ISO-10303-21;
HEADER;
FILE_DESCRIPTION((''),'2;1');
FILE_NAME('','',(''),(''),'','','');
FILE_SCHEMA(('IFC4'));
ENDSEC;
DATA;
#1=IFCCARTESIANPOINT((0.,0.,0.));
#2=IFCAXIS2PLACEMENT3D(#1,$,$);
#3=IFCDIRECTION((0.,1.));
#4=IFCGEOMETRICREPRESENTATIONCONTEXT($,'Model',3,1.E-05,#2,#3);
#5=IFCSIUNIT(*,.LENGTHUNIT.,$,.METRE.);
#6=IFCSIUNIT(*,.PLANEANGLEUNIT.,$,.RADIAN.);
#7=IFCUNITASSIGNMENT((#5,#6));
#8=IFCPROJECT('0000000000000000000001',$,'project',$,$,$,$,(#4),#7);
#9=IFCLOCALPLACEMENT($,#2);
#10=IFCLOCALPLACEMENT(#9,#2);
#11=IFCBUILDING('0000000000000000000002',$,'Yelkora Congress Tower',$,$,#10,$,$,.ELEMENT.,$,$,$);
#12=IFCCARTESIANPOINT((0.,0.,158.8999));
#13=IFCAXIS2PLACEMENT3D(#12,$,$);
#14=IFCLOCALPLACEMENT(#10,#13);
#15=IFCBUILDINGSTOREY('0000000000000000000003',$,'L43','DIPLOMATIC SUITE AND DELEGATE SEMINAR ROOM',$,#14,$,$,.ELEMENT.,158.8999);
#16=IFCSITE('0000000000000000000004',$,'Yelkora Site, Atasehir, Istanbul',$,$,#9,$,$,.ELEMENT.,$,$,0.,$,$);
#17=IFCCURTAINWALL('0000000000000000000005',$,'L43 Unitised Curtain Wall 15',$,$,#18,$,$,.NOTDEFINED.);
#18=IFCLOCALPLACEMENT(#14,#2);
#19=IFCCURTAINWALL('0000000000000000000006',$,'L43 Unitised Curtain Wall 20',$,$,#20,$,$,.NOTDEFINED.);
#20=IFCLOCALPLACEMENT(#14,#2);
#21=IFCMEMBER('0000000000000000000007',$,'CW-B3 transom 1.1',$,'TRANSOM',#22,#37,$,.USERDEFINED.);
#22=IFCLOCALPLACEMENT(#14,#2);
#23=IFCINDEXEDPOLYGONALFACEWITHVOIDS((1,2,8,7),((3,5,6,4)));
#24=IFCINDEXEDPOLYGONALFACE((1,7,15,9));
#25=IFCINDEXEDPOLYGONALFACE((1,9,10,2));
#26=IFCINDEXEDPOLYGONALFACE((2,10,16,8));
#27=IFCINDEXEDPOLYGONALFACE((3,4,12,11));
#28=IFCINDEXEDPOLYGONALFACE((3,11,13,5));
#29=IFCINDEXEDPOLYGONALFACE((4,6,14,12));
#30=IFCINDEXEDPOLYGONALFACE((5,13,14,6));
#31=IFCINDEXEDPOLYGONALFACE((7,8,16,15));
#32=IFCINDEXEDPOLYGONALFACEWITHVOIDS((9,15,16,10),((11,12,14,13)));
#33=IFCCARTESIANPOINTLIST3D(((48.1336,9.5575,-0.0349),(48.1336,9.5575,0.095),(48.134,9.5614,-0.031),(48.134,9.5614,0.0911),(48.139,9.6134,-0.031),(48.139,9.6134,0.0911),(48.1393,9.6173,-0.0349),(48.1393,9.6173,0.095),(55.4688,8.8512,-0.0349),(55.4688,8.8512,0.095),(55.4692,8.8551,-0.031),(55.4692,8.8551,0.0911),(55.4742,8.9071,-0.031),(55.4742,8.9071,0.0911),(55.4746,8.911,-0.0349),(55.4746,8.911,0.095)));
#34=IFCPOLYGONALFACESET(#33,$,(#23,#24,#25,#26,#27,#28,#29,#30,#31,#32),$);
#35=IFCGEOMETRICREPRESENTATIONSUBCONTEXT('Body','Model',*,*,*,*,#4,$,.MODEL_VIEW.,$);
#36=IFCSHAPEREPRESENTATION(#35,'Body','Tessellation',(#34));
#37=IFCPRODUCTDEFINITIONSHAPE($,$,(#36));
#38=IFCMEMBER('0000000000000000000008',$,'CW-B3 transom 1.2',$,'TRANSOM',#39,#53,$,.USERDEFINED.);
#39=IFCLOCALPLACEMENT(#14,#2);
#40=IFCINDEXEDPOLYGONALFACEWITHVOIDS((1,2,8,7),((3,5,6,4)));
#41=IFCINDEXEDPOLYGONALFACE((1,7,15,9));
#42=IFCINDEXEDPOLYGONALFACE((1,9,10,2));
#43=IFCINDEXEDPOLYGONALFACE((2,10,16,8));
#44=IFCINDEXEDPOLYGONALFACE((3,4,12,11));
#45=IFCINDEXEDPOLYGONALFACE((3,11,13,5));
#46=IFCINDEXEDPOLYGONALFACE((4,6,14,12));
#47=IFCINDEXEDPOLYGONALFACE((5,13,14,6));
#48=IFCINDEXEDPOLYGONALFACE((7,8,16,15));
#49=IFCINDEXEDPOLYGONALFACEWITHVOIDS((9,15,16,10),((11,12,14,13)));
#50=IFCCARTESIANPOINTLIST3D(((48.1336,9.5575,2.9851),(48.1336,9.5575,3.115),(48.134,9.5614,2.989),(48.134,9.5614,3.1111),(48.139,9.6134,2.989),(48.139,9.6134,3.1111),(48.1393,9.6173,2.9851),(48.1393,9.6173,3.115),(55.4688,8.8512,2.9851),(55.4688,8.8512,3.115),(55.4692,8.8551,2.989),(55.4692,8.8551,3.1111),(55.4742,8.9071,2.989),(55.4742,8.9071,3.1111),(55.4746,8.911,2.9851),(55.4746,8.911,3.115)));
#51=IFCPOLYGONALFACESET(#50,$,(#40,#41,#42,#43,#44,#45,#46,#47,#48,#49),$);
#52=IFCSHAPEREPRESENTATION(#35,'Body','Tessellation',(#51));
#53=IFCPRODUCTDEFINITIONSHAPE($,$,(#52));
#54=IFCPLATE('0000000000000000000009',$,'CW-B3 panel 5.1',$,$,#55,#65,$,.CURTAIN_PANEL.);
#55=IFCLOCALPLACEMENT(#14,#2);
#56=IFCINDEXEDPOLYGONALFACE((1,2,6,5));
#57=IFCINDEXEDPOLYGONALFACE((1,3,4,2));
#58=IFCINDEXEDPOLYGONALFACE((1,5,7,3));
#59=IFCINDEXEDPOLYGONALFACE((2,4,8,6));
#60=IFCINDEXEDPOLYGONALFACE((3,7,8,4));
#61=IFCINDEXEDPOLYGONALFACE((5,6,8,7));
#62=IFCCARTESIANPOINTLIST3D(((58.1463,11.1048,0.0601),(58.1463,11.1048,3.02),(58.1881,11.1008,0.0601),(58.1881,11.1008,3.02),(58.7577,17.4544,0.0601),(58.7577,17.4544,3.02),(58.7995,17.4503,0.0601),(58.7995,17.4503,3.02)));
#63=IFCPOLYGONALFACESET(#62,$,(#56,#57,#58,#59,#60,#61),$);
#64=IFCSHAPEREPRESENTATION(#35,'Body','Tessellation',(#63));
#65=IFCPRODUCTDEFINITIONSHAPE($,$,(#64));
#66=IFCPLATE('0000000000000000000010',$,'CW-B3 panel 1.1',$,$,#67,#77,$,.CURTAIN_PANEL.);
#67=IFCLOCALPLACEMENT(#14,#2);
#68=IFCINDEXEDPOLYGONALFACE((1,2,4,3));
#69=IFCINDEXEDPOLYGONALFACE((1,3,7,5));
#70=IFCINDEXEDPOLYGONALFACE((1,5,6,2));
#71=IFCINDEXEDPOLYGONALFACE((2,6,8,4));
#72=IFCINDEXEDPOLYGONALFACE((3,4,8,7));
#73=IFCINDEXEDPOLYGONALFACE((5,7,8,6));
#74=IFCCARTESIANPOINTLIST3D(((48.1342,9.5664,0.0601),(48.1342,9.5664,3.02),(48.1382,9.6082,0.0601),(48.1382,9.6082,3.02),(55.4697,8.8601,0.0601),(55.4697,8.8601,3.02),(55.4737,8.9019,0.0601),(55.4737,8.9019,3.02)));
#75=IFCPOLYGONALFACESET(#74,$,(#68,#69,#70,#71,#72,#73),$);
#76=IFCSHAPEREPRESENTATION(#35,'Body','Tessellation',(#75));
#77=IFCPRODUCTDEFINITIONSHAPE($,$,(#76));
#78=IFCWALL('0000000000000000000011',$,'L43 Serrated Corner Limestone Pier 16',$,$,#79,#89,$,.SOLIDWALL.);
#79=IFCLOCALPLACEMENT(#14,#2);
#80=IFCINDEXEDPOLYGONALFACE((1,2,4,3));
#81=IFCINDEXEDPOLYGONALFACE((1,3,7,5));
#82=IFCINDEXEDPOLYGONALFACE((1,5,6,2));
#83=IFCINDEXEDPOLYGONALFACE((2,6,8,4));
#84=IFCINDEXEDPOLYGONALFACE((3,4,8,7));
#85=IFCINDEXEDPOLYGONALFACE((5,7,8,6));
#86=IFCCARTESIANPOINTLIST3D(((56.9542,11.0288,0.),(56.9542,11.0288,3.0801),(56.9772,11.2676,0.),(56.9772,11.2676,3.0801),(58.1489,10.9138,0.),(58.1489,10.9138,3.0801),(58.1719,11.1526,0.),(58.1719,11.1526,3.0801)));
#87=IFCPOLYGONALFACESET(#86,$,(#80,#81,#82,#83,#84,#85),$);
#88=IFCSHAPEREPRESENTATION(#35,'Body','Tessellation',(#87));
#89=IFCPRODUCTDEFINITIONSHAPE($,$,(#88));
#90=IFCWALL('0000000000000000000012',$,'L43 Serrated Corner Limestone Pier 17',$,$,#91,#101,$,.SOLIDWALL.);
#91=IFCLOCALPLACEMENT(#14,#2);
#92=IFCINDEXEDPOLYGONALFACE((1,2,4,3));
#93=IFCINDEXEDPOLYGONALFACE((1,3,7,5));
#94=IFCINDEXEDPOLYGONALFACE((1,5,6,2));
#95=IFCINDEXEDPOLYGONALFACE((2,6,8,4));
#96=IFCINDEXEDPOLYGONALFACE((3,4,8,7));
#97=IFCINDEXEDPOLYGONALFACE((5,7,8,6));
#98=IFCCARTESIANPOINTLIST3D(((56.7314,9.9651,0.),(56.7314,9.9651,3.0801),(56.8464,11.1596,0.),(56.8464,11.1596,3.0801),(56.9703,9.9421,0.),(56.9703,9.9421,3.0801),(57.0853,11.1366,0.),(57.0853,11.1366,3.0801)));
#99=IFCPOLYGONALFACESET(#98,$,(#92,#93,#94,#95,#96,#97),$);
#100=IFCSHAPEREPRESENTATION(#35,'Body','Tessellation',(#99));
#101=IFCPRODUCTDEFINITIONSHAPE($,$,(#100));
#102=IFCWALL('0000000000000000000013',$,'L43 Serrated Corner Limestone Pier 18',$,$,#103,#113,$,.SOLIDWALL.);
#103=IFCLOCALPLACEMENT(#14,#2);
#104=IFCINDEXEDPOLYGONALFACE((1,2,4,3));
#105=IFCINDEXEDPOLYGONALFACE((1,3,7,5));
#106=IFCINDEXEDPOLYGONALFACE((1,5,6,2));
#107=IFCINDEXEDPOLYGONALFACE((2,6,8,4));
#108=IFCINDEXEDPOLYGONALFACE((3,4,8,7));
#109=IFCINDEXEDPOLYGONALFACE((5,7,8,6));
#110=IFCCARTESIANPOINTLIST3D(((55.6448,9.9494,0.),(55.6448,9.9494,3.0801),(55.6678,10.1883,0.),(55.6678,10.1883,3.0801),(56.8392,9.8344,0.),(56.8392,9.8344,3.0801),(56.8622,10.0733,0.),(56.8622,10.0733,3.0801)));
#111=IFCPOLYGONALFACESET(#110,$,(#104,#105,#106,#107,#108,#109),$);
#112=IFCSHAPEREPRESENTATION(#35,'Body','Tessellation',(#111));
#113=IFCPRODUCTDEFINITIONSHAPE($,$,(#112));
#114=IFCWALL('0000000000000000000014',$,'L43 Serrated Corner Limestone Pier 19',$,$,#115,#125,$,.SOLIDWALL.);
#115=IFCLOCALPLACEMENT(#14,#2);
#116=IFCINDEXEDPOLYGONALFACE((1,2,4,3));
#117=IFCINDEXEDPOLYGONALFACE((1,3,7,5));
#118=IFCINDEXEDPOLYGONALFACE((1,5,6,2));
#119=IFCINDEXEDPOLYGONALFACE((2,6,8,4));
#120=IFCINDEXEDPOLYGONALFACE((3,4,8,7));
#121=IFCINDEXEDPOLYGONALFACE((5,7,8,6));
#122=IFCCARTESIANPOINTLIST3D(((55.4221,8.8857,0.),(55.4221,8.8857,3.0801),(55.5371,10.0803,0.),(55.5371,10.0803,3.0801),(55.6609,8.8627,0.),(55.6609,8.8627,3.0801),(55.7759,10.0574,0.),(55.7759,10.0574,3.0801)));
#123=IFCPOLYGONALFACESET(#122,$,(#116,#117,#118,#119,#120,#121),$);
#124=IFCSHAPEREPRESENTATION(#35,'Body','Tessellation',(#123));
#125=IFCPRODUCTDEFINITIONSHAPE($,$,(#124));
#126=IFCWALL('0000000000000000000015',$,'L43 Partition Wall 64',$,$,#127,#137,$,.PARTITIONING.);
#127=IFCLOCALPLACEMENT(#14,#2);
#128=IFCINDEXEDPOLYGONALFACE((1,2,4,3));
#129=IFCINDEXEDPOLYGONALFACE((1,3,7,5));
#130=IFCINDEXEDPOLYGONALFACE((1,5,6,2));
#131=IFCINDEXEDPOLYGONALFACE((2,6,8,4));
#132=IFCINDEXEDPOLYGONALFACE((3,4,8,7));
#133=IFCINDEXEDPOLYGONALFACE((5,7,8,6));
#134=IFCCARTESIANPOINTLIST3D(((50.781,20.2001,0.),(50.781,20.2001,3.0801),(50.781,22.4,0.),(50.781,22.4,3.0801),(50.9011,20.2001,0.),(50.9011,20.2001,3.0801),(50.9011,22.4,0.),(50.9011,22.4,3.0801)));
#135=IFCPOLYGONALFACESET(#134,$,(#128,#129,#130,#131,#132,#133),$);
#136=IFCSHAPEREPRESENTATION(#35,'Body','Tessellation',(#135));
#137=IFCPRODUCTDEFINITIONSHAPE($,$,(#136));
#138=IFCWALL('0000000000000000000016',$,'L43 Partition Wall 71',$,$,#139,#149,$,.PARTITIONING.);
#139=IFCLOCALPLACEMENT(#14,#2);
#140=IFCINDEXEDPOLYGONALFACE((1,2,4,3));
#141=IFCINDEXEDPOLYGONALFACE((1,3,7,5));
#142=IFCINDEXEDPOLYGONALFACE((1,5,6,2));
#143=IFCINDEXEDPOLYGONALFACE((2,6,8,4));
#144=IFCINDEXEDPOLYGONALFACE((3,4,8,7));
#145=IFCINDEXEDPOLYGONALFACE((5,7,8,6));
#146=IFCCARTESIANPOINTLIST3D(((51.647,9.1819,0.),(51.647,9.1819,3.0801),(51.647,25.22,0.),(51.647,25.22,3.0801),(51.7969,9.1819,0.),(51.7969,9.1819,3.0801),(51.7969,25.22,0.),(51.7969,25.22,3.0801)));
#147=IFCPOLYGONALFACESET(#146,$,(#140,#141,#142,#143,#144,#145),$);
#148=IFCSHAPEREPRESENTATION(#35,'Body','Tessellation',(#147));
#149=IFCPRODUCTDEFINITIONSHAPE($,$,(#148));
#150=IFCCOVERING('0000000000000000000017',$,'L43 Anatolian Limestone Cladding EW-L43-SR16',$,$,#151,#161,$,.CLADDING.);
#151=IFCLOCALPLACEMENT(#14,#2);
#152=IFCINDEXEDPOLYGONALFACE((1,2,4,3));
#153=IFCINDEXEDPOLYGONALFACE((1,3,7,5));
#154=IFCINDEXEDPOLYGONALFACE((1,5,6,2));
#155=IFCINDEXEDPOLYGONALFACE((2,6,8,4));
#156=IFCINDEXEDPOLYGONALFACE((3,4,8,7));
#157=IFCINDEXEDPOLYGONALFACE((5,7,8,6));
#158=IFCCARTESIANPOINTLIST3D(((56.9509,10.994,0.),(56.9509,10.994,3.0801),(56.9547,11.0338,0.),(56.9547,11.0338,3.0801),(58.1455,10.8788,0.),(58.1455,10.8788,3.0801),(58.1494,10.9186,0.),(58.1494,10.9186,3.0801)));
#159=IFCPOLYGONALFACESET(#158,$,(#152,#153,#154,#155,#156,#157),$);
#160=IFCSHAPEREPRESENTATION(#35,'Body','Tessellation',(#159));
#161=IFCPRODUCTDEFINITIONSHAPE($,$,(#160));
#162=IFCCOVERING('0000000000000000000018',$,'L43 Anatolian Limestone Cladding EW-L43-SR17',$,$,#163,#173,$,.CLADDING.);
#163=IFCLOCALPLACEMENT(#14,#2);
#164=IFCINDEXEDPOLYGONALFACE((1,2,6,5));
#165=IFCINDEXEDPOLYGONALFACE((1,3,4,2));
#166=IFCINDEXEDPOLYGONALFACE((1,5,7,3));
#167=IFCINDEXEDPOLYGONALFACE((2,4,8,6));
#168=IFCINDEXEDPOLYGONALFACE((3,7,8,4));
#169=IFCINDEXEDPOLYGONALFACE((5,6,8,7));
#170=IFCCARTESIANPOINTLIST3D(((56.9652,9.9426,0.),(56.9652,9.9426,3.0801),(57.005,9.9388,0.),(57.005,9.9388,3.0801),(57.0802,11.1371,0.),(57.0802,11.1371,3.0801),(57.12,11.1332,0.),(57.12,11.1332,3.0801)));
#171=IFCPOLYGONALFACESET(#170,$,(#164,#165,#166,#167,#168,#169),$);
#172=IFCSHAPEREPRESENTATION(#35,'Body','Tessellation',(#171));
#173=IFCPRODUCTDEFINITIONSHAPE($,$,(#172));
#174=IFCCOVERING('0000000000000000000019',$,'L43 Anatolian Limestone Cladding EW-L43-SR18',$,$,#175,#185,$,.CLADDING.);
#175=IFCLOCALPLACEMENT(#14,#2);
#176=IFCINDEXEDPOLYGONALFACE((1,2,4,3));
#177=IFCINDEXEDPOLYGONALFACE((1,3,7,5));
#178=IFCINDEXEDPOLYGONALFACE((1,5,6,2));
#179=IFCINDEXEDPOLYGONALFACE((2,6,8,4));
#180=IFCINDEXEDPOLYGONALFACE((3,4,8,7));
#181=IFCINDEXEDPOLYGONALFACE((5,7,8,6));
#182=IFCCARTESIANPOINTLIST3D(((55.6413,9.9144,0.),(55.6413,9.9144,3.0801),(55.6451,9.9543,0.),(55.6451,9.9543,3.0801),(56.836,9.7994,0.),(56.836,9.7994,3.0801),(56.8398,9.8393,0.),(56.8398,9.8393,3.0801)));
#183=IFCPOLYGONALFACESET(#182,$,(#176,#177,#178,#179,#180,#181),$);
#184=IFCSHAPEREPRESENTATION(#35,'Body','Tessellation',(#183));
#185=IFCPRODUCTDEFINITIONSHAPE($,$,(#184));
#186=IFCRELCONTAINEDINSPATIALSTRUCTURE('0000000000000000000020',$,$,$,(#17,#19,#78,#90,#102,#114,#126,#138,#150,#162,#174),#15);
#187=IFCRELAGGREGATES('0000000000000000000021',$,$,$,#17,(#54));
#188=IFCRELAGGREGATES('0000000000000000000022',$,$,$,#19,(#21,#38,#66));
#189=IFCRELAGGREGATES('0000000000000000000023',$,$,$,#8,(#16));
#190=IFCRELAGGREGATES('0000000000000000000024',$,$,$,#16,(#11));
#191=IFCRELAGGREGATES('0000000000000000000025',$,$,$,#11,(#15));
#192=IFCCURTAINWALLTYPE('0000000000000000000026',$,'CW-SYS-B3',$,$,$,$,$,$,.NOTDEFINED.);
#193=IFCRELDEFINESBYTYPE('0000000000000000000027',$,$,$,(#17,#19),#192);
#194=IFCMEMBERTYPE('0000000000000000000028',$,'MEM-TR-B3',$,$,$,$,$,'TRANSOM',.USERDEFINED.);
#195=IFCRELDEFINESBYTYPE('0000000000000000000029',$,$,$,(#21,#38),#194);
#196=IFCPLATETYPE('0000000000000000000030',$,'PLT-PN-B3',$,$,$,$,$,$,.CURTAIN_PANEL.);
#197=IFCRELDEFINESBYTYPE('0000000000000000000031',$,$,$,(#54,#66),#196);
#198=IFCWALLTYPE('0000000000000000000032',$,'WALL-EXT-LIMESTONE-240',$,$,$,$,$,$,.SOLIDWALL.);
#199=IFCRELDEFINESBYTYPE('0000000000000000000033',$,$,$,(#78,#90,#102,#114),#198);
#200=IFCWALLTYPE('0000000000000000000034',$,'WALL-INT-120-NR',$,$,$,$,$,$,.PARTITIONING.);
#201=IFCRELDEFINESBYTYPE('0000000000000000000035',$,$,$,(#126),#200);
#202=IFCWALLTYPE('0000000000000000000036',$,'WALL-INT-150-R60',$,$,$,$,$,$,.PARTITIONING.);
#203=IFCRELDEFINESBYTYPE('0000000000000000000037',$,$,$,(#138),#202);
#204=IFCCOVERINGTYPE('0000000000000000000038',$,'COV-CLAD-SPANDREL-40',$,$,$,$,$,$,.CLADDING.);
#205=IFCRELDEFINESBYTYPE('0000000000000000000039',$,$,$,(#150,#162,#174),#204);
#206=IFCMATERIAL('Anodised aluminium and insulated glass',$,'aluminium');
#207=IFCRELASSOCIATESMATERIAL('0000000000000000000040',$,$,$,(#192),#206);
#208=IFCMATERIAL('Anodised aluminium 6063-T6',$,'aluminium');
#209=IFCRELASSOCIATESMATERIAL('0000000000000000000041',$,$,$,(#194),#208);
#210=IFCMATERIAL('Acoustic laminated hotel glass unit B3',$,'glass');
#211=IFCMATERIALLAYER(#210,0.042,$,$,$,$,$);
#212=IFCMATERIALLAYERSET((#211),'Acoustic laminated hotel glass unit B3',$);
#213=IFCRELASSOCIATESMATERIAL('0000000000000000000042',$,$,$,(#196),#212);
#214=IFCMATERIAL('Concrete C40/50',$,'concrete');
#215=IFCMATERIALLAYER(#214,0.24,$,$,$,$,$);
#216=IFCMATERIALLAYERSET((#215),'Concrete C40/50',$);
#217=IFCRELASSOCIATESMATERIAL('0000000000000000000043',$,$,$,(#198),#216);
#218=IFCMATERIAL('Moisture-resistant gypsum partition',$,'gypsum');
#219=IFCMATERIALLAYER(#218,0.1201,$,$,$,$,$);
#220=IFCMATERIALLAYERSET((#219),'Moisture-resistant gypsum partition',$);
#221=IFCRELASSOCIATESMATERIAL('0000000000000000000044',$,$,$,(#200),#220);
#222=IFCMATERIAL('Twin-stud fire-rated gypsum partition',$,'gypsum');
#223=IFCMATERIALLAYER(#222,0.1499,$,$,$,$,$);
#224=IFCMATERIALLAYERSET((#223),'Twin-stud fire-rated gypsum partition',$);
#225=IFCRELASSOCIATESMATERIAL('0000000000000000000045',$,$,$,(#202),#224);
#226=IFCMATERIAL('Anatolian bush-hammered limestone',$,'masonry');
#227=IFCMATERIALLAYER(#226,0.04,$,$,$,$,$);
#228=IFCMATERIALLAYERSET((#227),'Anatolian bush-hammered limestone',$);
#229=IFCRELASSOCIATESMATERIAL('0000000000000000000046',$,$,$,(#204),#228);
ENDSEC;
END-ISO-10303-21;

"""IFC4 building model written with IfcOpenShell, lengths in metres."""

from ifc_helpers import new_model, si_unit, direction, frame, frame_2d, origin, origin_2d, place, context, subcontext, project, spatial, rectangle, hollow_rectangle, extrude, material, layer, layer_set, material_profile, profile_set, type_object, element, aggregate, save


model = new_model("IFC4")

# Units and contexts
model_context = context("Model", 3, precision=1e-05, world=origin(), true_north=direction((0.0, 1.0)))
body_context = subcontext(model_context, "Body", "Model", "MODEL_VIEW")
ifc_project = project(units=[si_unit("LENGTHUNIT", "METRE"), si_unit("PLANEANGLEUNIT", "RADIAN")], contexts=[model_context])

# Site, building, storey
site_placement = place(None, origin())
site = spatial("IfcSite", under=ifc_project, at=site_placement, Name="Yelkora Site, Atasehir, Istanbul", CompositionType="ELEMENT", RefElevation=0.0)
building_placement = place(site_placement, origin())
building = spatial("IfcBuilding", under=site, at=building_placement, Name="Yelkora Congress Tower", CompositionType="ELEMENT")
storey_placement = place(building_placement, frame((0.0, 0.0, 158.8999)))
storey = spatial("IfcBuildingStorey", under=building, at=storey_placement, Name="L43", Description="DIPLOMATIC SUITE AND DELEGATE SEMINAR ROOM", CompositionType="ELEMENT", Elevation=158.8999)

# Curtain wall
ifc_material_1 = material(Name="Anodised aluminium and insulated glass", Category="aluminium")
curtain_wall_type = type_object("IfcCurtainWallType", Name="CW-SYS-B3", PredefinedType="NOTDEFINED", material=ifc_material_1)
curtain_wall_1_placement = place(storey_placement, origin())
curtain_wall_1 = element("IfcCurtainWall", 1, at=curtain_wall_1_placement, inside=storey, type_object=curtain_wall_type, Name="L43 Unitised Curtain Wall 15", PredefinedType="NOTDEFINED")
ifc_material_2 = material(Name="Anodised aluminium 6063-T6", Category="aluminium")

# Curtain wall
curtain_wall_2_placement = place(storey_placement, origin())
curtain_wall_2 = element("IfcCurtainWall", 2, at=curtain_wall_2_placement, inside=storey, type_object=curtain_wall_type, Name="L43 Unitised Curtain Wall 20", PredefinedType="NOTDEFINED")

# Members
ifc_material_profile_1 = material_profile(ifc_material_2, hollow_rectangle(XDim=0.0601, YDim=0.1299, WallThickness=0.0039, at=origin_2d()), Name="ALU 60x130x4")
ifc_profile_set_1 = profile_set([ifc_material_profile_1], Name="Anodised aluminium 6063-T6")
member_type_1 = type_object("IfcMemberType", Name="MEM-TR-B3", ElementType="TRANSOM", PredefinedType="USERDEFINED", material=ifc_profile_set_1)
member_1_placement = place(storey_placement, frame((55.4717, 8.8811, 0.03), z_axis=(-0.995396, 0.095846, 0.0), x_axis=(-0.095846, -0.995396, 0.0)))
member_1 = element("IfcMember", 3, at=member_1_placement, type_object=member_type_1, Name="CW-B3 transom 1.1", ObjectType="TRANSOM", PredefinedType="USERDEFINED", context=body_context, shape_type="SweptSolid", body=[
    extrude(hollow_rectangle(XDim=0.0601, YDim=0.1299, WallThickness=0.0039, at=origin_2d()), origin(), (0.0, 0.0, 1.0), 7.3691),
])
member_2_placement = place(storey_placement, frame((55.4717, 8.8811, 3.05), z_axis=(-0.995396, 0.095846, 0.0), x_axis=(-0.095846, -0.995396, 0.0)))
member_2 = element("IfcMember", 4, at=member_2_placement, type_object=member_type_1, Name="CW-B3 transom 1.2", ObjectType="TRANSOM", PredefinedType="USERDEFINED", context=body_context, shape_type="SweptSolid", body=[
    extrude(hollow_rectangle(XDim=0.0601, YDim=0.1299, WallThickness=0.0039, at=origin_2d()), origin(), (0.0, 0.0, 1.0), 7.3691),
])

# Plates
ifc_material_3 = material(Name="Acoustic laminated hotel glass unit B3", Category="glass")
ifc_layer_1 = layer(ifc_material_3, 0.042)
ifc_layer_set_1 = layer_set([ifc_layer_1], Name="Acoustic laminated hotel glass unit B3")
plate_type = type_object("IfcPlateType", Name="PLT-PN-B3", PredefinedType="CURTAIN_PANEL", material=ifc_layer_set_1)
plate_1_placement = place(storey_placement, frame((58.4729, 14.2776, 0.0601), z_axis=(0.0, 0.0, 1.0), x_axis=(-0.095842, -0.995397, 0.0)))
plate_1 = element("IfcPlate", 5, at=plate_1_placement, type_object=plate_type, Name="CW-B3 panel 5.1", PredefinedType="CURTAIN_PANEL", context=body_context, shape_type="SweptSolid", body=[
    extrude(rectangle(XDim=6.3789, YDim=0.042, at=origin_2d()), origin(), (0.0, 0.0, 1.0), 2.96),
])
aggregate(curtain_wall_1, [plate_1])
plate_2_placement = place(storey_placement, frame((51.804, 9.2341, 0.0601), z_axis=(0.0, 0.0, 1.0), x_axis=(-0.995396, 0.095845, 0.0)))
plate_2 = element("IfcPlate", 6, at=plate_2_placement, type_object=plate_type, Name="CW-B3 panel 1.1", PredefinedType="CURTAIN_PANEL", context=body_context, shape_type="SweptSolid", body=[
    extrude(rectangle(XDim=7.3694, YDim=0.042, at=origin_2d()), origin(), (0.0, 0.0, 1.0), 2.96),
])
aggregate(curtain_wall_2, [member_1, member_2, plate_2])

# Walls
ifc_material_4 = material(Name="Concrete C40/50", Category="concrete")
ifc_layer_2 = layer(ifc_material_4, 0.24)
ifc_layer_set_2 = layer_set([ifc_layer_2], Name="Concrete C40/50")
wall_type_1 = type_object("IfcWallType", Name="WALL-EXT-LIMESTONE-240", PredefinedType="SOLIDWALL", material=ifc_layer_set_2)
wall_1_placement = place(storey_placement, frame((58.1604, 11.0332, 0.0), z_axis=(0.0, 0.0, 1.0), x_axis=(-0.995399, 0.095817, 0.0)))
element("IfcWall", 7, at=wall_1_placement, inside=storey, type_object=wall_type_1, Name="L43 Serrated Corner Limestone Pier 16", PredefinedType="SOLIDWALL", context=body_context, shape_type="SweptSolid", body=[
    extrude(rectangle(XDim=1.2002, YDim=0.24, at=frame_2d((0.6001, 0.0))), origin(), (0.0, 0.0, 1.0), 3.0801),
])
for number, where, z_axis, x_axis, name in (
    (8, (56.9658, 11.1482, 0.0), (0.0, 0.0, 1.0), (-0.095836, -0.995397, 0.0), "L43 Serrated Corner Limestone Pier 17"),
    (9, (56.8508, 9.9539, 0.0), (0.0, 0.0, 1.0), (-0.995397, 0.095836, 0.0), "L43 Serrated Corner Limestone Pier 18"),
):
    element("IfcWall", number, at=place(storey_placement, frame(where, z_axis=z_axis, x_axis=x_axis)), inside=storey, type_object=wall_type_1, Name=name, PredefinedType="SOLIDWALL", context=body_context, shape_type="SweptSolid", body=[
        extrude(rectangle(XDim=1.2, YDim=0.24, at=frame_2d((0.6001, 0.0))), origin(), (0.0, 0.0, 1.0), 3.0801),
    ])
wall_2_placement = place(storey_placement, frame((55.6565, 10.0688, 0.0), z_axis=(0.0, 0.0, 1.0), x_axis=(-0.095817, -0.995399, 0.0)))
element("IfcWall", 10, at=wall_2_placement, inside=storey, type_object=wall_type_1, Name="L43 Serrated Corner Limestone Pier 19", PredefinedType="SOLIDWALL", context=body_context, shape_type="SweptSolid", body=[
    extrude(rectangle(XDim=1.2002, YDim=0.24, at=frame_2d((0.6001, 0.0))), origin(), (0.0, 0.0, 1.0), 3.0801),
])
ifc_material_5 = material(Name="Moisture-resistant gypsum partition", Category="gypsum")
ifc_layer_3 = layer(ifc_material_5, 0.1201)
ifc_layer_set_3 = layer_set([ifc_layer_3], Name="Moisture-resistant gypsum partition")
wall_type_2 = type_object("IfcWallType", Name="WALL-INT-120-NR", PredefinedType="PARTITIONING", material=ifc_layer_set_3)
wall_3_placement = place(storey_placement, frame((50.8411, 20.2, 0.0), z_axis=(0.0, 0.0, 1.0), x_axis=(0.0, 1.0, 0.0)))
element("IfcWall", 11, at=wall_3_placement, inside=storey, type_object=wall_type_2, Name="L43 Partition Wall 64", PredefinedType="PARTITIONING", context=body_context, shape_type="SweptSolid", body=[
    extrude(rectangle(XDim=2.2, YDim=0.1201, at=frame_2d((1.1001, 0.0))), origin(), (0.0, 0.0, 1.0), 3.0801),
])
ifc_material_6 = material(Name="Twin-stud fire-rated gypsum partition", Category="gypsum")
ifc_layer_4 = layer(ifc_material_6, 0.1499)
ifc_layer_set_4 = layer_set([ifc_layer_4], Name="Twin-stud fire-rated gypsum partition")
wall_type_3 = type_object("IfcWallType", Name="WALL-INT-150-R60", PredefinedType="PARTITIONING", material=ifc_layer_set_4)
wall_4_placement = place(storey_placement, frame((51.7219, 9.1819, 0.0), z_axis=(0.0, 0.0, 1.0), x_axis=(0.0, 1.0, 0.0)))
element("IfcWall", 12, at=wall_4_placement, inside=storey, type_object=wall_type_3, Name="L43 Partition Wall 71", PredefinedType="PARTITIONING", context=body_context, shape_type="SweptSolid", body=[
    extrude(rectangle(XDim=16.0381, YDim=0.1499, at=frame_2d((8.019, 0.0))), origin(), (0.0, 0.0, 1.0), 3.0801),
])

# Coverings
ifc_material_7 = material(Name="Anatolian bush-hammered limestone", Category="masonry")
ifc_layer_5 = layer(ifc_material_7, 0.04)
ifc_layer_set_5 = layer_set([ifc_layer_5], Name="Anatolian bush-hammered limestone")
covering_type = type_object("IfcCoveringType", Name="COV-CLAD-SPANDREL-40", PredefinedType="CLADDING", material=ifc_layer_set_5)
covering_1_placement = place(storey_placement, frame((58.1475, 10.8987, 0.0), z_axis=(0.0, 0.0, 1.0), x_axis=(-0.99538, 0.096019, 0.0)))
element("IfcCovering", 13, at=covering_1_placement, inside=storey, type_object=covering_type, Name="L43 Anatolian Limestone Cladding EW-L43-SR16", PredefinedType="CLADDING", context=body_context, shape_type="SweptSolid", body=[
    extrude(rectangle(XDim=1.2002, YDim=0.04, at=frame_2d((0.6001, 0.0))), origin(), (0.0, 0.0, 1.0), 3.0801),
])
covering_2_placement = place(storey_placement, frame((57.1001, 11.1353, 0.0), z_axis=(0.0, 0.0, 1.0), x_axis=(-0.095836, -0.995397, 0.0)))
element("IfcCovering", 14, at=covering_2_placement, inside=storey, type_object=covering_type, Name="L43 Anatolian Limestone Cladding EW-L43-SR17", PredefinedType="CLADDING", context=body_context, shape_type="SweptSolid", body=[
    extrude(rectangle(XDim=1.2, YDim=0.04, at=frame_2d((0.6001, 0.0))), origin(), (0.0, 0.0, 1.0), 3.0801),
])
for number, where, z_axis, x_axis, name in (
    (15, (56.8379, 9.8193, 0.0), (0.0, 0.0, 1.0), (-0.995399, 0.095817, 0.0), "L43 Anatolian Limestone Cladding EW-L43-SR18"),
):
    element("IfcCovering", number, at=place(storey_placement, frame(where, z_axis=z_axis, x_axis=x_axis)), inside=storey, type_object=covering_type, Name=name, PredefinedType="CLADDING", context=body_context, shape_type="SweptSolid", body=[
        extrude(rectangle(XDim=1.2002, YDim=0.04, at=frame_2d((0.6001, 0.0))), origin(), (0.0, 0.0, 1.0), 3.0801),
    ])

save(model, "model.ifc")
